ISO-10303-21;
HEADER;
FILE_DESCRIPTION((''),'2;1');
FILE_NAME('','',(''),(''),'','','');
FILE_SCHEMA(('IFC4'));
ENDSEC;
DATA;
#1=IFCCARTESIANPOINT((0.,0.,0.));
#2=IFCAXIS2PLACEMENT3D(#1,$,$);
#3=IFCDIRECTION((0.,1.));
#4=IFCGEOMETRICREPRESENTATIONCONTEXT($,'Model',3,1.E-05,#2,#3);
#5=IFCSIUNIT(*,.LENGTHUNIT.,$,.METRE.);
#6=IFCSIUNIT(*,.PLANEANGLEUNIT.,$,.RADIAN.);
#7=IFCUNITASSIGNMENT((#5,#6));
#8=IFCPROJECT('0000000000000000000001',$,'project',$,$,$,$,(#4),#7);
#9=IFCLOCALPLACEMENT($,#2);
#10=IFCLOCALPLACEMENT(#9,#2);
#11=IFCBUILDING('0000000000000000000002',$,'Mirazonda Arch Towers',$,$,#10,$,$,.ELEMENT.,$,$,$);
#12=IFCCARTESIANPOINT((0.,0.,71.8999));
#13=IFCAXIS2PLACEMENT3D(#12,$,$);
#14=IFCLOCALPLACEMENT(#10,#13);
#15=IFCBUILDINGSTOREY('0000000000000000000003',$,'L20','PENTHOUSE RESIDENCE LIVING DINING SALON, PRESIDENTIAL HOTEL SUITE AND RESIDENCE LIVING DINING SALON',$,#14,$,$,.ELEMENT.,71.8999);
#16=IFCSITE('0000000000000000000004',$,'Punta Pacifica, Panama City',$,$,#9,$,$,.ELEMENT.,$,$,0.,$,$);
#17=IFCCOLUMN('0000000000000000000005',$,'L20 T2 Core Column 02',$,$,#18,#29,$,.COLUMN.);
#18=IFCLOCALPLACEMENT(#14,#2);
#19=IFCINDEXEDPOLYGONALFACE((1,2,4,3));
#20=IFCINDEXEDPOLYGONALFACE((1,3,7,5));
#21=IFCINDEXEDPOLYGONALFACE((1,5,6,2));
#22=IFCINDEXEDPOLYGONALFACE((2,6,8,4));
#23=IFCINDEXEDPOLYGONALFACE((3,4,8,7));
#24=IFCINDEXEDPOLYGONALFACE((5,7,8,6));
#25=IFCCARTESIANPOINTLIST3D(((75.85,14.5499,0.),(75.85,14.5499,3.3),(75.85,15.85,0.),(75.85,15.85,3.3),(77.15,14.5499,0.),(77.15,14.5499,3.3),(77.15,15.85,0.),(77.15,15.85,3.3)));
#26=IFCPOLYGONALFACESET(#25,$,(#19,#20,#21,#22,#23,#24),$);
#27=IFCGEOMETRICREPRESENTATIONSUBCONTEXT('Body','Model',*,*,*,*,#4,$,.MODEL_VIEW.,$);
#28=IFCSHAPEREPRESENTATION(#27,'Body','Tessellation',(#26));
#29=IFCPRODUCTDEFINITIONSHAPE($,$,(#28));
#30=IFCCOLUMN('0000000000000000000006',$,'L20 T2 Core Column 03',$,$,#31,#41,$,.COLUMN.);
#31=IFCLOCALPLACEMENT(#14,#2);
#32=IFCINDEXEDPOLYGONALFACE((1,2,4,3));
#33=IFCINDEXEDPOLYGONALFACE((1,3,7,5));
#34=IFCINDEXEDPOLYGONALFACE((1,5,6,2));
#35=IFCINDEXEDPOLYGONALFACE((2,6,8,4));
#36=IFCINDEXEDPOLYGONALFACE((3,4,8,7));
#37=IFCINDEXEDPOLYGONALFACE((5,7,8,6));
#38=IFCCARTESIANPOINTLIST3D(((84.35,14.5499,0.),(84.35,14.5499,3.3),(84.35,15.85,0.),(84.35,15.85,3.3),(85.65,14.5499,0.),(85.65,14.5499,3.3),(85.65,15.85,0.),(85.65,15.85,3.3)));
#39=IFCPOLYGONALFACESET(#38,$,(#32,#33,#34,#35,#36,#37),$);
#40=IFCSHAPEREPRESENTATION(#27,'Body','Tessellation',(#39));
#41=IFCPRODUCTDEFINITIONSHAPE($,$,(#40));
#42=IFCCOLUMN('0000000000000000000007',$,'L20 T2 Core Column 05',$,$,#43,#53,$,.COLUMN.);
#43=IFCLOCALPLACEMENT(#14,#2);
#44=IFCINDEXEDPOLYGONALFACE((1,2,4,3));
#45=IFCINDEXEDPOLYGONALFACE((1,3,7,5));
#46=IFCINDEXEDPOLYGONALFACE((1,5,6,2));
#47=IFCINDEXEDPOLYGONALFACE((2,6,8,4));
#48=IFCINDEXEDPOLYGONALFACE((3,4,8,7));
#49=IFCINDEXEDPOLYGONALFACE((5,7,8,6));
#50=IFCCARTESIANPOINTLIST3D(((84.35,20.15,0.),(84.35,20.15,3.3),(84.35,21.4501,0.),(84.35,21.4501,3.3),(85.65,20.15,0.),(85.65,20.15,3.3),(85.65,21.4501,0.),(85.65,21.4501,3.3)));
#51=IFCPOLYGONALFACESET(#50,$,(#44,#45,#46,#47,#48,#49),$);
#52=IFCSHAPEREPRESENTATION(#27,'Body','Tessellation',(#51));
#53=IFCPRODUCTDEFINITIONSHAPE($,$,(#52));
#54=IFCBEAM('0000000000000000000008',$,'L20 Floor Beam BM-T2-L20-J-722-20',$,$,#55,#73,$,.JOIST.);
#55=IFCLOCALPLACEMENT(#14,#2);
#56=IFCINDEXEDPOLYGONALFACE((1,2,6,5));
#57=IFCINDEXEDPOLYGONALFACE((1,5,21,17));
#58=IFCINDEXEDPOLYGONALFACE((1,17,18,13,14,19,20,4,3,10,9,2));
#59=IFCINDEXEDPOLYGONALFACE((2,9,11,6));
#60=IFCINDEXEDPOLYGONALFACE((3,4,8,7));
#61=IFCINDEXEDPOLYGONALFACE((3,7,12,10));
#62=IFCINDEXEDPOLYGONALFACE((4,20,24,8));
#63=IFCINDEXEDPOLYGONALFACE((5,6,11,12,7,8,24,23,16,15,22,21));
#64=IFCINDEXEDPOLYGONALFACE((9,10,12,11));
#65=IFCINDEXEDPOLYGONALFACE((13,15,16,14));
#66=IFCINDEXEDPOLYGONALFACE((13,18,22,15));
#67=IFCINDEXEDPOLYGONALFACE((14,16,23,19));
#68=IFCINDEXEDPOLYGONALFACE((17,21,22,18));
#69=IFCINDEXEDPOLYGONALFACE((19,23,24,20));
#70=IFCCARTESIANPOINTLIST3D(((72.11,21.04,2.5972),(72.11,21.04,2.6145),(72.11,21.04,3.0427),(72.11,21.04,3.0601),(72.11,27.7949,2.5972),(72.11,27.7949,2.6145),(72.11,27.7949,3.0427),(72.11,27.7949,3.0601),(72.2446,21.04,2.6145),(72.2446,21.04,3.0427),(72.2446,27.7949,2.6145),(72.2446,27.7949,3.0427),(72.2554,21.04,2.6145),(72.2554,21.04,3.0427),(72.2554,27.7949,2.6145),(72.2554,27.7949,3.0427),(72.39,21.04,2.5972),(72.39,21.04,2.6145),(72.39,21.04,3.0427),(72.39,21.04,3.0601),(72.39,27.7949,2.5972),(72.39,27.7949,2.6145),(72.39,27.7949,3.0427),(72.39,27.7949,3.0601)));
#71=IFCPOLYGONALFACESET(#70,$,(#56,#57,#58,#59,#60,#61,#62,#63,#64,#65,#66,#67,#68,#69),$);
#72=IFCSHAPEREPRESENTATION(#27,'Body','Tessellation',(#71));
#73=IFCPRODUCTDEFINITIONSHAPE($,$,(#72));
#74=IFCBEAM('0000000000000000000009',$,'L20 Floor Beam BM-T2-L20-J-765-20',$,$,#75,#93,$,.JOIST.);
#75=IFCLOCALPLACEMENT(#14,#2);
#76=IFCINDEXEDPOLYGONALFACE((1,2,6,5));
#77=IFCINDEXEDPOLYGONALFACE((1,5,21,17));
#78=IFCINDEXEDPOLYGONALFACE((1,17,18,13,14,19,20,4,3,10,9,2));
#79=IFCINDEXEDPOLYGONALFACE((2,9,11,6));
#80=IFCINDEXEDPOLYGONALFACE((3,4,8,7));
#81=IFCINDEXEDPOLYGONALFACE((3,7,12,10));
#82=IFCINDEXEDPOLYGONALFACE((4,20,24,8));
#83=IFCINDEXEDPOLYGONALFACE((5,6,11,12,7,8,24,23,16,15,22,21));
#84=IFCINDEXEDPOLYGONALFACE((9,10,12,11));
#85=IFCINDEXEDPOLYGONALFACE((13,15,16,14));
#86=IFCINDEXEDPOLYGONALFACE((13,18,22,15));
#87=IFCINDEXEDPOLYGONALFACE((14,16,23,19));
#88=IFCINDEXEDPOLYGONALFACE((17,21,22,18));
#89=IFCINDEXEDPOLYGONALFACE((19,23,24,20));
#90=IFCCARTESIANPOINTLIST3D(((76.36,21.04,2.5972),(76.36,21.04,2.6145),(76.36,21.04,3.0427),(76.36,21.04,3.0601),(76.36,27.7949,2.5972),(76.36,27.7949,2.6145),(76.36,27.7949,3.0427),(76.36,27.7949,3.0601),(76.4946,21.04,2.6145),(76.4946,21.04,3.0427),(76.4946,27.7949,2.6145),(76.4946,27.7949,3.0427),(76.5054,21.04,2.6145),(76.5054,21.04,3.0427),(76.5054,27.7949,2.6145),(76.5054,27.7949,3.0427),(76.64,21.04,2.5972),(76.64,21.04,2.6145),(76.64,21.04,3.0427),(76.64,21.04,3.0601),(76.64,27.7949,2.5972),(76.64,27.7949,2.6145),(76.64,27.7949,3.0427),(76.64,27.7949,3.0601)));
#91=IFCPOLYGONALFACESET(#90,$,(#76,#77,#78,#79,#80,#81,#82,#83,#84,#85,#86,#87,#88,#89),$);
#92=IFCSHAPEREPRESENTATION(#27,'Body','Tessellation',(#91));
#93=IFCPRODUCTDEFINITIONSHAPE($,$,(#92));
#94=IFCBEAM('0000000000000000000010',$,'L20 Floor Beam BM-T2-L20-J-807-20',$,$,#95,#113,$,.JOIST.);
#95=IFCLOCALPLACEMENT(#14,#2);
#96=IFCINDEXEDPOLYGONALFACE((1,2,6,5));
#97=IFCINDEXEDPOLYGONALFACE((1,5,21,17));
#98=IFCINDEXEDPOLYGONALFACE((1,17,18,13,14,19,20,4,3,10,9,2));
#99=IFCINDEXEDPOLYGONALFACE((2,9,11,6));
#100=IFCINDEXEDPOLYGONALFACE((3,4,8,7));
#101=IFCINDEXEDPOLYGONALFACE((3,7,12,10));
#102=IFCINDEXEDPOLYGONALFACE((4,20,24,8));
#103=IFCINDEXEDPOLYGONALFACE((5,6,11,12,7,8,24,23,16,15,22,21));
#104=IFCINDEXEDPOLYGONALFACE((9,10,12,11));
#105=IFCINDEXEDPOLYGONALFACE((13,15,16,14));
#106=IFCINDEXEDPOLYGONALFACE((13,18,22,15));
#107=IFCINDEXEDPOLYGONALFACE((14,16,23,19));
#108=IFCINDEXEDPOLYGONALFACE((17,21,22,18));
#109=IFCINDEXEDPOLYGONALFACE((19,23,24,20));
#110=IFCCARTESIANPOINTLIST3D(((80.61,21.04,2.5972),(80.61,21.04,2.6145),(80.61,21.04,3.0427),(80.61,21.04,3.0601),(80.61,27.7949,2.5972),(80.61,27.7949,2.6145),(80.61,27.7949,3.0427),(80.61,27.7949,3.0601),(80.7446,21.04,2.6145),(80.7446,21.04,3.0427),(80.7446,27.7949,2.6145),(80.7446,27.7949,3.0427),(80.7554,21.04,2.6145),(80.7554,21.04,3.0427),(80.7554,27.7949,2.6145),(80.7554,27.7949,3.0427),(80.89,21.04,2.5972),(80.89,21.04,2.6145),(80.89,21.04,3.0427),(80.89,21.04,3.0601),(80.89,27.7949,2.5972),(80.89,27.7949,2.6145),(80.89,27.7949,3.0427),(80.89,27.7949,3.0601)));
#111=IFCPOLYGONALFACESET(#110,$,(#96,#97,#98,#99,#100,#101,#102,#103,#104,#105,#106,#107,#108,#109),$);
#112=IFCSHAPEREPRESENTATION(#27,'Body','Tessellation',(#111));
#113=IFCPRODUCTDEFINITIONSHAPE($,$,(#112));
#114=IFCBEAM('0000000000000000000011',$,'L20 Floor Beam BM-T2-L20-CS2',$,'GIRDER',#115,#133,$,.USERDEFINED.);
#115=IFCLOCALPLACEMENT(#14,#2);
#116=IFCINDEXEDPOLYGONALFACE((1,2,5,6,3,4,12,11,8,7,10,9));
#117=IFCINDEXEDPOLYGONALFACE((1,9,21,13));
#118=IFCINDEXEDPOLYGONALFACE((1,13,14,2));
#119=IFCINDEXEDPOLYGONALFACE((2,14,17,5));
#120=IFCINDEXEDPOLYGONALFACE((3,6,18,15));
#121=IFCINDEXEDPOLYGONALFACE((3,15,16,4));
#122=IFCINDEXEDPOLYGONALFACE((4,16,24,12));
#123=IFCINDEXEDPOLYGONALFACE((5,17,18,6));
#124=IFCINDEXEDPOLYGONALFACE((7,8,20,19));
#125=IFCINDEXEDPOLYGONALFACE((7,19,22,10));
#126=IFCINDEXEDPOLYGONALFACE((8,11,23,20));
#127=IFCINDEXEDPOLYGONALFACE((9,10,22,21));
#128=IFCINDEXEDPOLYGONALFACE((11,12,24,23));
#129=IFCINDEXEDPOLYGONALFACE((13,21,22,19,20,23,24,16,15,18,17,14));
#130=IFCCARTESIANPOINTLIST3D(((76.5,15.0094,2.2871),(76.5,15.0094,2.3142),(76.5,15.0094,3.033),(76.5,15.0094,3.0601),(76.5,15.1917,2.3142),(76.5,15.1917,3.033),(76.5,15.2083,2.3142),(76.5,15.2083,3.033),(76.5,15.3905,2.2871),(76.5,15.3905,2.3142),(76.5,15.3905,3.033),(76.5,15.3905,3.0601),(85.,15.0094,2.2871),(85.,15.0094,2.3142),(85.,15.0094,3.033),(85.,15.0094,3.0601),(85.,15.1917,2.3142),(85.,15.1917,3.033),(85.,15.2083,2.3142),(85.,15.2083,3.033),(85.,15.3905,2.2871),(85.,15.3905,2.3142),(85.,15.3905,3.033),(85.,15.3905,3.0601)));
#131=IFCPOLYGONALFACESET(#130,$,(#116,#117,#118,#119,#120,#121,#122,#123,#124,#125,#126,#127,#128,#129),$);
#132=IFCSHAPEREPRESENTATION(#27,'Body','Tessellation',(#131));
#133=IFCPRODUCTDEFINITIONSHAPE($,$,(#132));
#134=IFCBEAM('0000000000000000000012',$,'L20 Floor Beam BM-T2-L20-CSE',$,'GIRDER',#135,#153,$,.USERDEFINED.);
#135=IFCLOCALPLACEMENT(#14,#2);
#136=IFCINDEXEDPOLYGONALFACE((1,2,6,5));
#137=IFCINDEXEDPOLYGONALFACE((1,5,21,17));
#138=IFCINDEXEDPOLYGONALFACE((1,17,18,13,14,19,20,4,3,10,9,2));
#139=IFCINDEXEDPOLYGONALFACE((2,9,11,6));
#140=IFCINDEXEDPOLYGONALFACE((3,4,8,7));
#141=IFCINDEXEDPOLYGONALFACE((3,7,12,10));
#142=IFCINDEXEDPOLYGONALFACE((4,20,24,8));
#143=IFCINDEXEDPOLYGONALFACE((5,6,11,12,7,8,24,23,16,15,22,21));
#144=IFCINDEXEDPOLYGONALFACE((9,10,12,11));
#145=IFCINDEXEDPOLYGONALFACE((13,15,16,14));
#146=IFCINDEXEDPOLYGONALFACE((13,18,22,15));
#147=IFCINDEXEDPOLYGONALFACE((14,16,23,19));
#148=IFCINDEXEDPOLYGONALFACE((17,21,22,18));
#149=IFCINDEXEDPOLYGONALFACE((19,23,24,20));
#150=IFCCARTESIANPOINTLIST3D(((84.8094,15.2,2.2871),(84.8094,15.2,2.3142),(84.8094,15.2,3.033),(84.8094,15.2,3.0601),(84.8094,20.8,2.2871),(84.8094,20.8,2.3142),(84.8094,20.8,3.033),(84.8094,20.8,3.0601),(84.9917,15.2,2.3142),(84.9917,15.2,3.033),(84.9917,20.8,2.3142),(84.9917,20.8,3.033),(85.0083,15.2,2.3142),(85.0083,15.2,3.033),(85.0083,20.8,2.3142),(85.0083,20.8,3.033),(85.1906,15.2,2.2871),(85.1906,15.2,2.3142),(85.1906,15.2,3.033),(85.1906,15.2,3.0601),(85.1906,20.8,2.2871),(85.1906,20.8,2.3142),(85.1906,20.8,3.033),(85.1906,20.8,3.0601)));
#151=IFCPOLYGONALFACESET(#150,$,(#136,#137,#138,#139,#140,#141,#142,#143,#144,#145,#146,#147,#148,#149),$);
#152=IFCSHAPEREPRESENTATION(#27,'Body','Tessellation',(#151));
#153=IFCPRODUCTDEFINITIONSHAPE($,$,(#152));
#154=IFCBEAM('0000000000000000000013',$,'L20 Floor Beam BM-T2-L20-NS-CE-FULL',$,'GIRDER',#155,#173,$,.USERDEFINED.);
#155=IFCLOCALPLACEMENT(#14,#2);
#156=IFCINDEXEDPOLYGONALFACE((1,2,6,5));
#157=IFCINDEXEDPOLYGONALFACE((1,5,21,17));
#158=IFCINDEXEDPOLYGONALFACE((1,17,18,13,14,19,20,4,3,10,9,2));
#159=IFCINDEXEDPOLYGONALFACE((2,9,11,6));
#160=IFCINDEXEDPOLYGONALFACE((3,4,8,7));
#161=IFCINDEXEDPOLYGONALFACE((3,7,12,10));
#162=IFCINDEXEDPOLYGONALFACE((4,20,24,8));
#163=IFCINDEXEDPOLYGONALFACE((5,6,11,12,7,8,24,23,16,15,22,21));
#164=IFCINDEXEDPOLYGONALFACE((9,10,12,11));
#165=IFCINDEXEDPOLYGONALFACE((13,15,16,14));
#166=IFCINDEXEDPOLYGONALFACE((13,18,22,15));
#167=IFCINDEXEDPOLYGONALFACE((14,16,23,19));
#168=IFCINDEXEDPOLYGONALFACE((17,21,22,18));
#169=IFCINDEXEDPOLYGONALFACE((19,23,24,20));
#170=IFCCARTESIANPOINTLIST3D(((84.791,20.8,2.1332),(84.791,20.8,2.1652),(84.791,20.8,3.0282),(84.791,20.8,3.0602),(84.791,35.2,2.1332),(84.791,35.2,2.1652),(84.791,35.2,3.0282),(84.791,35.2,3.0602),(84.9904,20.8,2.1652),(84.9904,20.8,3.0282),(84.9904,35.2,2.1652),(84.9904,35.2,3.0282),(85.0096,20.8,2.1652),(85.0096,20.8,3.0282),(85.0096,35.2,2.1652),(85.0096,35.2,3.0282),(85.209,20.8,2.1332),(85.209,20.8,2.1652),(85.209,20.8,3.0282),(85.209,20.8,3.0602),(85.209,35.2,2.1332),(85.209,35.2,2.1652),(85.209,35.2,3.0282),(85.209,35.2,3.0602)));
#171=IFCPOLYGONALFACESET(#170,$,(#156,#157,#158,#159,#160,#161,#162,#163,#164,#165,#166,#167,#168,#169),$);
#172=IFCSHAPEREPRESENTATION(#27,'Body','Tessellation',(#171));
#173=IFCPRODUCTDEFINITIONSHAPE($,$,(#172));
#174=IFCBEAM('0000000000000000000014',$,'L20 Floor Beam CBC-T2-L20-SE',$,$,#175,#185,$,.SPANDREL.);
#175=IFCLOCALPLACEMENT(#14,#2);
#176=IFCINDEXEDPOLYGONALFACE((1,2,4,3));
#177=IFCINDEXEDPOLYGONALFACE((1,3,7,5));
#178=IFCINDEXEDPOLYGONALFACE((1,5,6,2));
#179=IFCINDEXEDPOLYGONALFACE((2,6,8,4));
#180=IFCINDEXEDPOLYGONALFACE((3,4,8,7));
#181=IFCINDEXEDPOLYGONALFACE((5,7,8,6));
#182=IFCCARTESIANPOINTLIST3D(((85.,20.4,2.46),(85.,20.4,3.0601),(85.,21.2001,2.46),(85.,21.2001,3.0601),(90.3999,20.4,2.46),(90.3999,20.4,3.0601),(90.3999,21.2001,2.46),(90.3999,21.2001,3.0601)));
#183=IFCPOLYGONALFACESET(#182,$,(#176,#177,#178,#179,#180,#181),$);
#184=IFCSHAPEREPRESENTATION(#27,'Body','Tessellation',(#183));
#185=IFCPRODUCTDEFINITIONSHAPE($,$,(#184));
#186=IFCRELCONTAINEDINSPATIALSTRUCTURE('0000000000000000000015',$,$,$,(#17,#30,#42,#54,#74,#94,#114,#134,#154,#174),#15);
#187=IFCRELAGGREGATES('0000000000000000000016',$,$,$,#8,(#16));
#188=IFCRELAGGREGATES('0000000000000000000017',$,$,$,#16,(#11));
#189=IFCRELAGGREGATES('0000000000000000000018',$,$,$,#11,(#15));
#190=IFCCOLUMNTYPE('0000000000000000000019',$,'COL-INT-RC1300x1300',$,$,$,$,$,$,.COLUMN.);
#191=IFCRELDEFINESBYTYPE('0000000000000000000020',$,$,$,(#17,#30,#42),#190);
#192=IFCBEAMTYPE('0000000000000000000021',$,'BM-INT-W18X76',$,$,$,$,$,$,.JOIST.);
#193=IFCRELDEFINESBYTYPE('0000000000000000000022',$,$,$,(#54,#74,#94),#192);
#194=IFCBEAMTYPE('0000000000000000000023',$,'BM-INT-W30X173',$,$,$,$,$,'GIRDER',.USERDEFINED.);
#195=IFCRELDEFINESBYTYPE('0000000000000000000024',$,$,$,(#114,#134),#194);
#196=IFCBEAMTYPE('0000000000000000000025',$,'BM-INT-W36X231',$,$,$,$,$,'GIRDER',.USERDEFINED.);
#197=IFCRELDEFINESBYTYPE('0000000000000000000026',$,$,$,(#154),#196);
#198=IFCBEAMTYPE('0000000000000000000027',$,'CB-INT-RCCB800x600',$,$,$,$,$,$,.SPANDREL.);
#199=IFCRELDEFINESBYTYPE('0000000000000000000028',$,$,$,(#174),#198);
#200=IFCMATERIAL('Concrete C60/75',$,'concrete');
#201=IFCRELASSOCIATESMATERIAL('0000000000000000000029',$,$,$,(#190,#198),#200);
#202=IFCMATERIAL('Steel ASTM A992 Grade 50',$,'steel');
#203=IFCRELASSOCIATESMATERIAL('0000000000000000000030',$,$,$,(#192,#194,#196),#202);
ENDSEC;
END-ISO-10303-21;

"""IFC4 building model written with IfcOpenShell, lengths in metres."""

from ifc_helpers import new_model, si_unit, direction, frame, origin, origin_2d, place, context, subcontext, project, spatial, rectangle, i_section, extrude, material, material_profile, profile_set, type_object, element, save


model = new_model("IFC4")

# Units and contexts
model_context = context("Model", 3, precision=1e-05, world=origin(), true_north=direction((0.0, 1.0)))
body_context = subcontext(model_context, "Body", "Model", "MODEL_VIEW")
ifc_project = project(units=[si_unit("LENGTHUNIT", "METRE"), si_unit("PLANEANGLEUNIT", "RADIAN")], contexts=[model_context])

# Site, building, storey
site_placement = place(None, origin())
site = spatial("IfcSite", under=ifc_project, at=site_placement, Name="Punta Pacifica, Panama City", CompositionType="ELEMENT", RefElevation=0.0)
building_placement = place(site_placement, origin())
building = spatial("IfcBuilding", under=site, at=building_placement, Name="Mirazonda Arch Towers", CompositionType="ELEMENT")
storey_placement = place(building_placement, frame((0.0, 0.0, 71.8999)))
storey = spatial("IfcBuildingStorey", under=building, at=storey_placement, Name="L20", Description="PENTHOUSE RESIDENCE LIVING DINING SALON, PRESIDENTIAL HOTEL SUITE AND RESIDENCE LIVING DINING SALON", CompositionType="ELEMENT", Elevation=71.8999)

# Columns
ifc_material_1 = material(Name="Concrete C60/75", Category="concrete")
ifc_material_profile_1 = material_profile(ifc_material_1, rectangle(XDim=1.3, YDim=1.3, at=origin_2d()), Name="RC1300x1300")
ifc_profile_set_1 = profile_set([ifc_material_profile_1], Name="Concrete C60/75")
column_type = type_object("IfcColumnType", Name="COL-INT-RC1300x1300", PredefinedType="COLUMN", material=ifc_profile_set_1)
for number, where, z_axis, x_axis, name in (
    (1, (76.5, 15.2, 0.0), (0.0, 0.0, 1.0), (1.0, 0.0, 0.0), "L20 T2 Core Column 02"),
    (2, (85.0, 15.2, 0.0), (0.0, 0.0, 1.0), (1.0, 0.0, 0.0), "L20 T2 Core Column 03"),
    (3, (85.0, 20.8, 0.0), (0.0, 0.0, 1.0), (1.0, 0.0, 0.0), "L20 T2 Core Column 05"),
):
    element("IfcColumn", number, at=place(storey_placement, frame(where, z_axis=z_axis, x_axis=x_axis)), inside=storey, type_object=column_type, Name=name, PredefinedType="COLUMN", context=body_context, shape_type="SweptSolid", body=[
        extrude(rectangle(XDim=1.3, YDim=1.3, at=origin_2d()), origin(), (0.0, 0.0, 1.0), 3.3),
    ])

# Beams
ifc_material_2 = material(Name="Steel ASTM A992 Grade 50", Category="steel")
ifc_material_profile_2 = material_profile(ifc_material_2, i_section(OverallWidth=0.28, OverallDepth=0.4629, WebThickness=0.0107, FlangeThickness=0.0173, at=origin_2d()), Name="W18X76")
ifc_profile_set_2 = profile_set([ifc_material_profile_2], Name="Steel ASTM A992 Grade 50")
beam_type_1 = type_object("IfcBeamType", Name="BM-INT-W18X76", PredefinedType="JOIST", material=ifc_profile_set_2)
for number, where, z_axis, x_axis, name in (
    (4, (72.25, 21.04, 2.8286), (0.0, 1.0, 0.0), (-1.0, 0.0, 0.0), "L20 Floor Beam BM-T2-L20-J-722-20"),
    (5, (76.5, 21.04, 2.8286), (0.0, 1.0, 0.0), (-1.0, 0.0, 0.0), "L20 Floor Beam BM-T2-L20-J-765-20"),
    (6, (80.75, 21.04, 2.8286), (0.0, 1.0, 0.0), (-1.0, 0.0, 0.0), "L20 Floor Beam BM-T2-L20-J-807-20"),
):
    element("IfcBeam", number, at=place(storey_placement, frame(where, z_axis=z_axis, x_axis=x_axis)), inside=storey, type_object=beam_type_1, Name=name, PredefinedType="JOIST", context=body_context, shape_type="SweptSolid", body=[
        extrude(i_section(OverallWidth=0.28, OverallDepth=0.4629, WebThickness=0.0107, FlangeThickness=0.0173, at=origin_2d()), origin(), (0.0, 0.0, 1.0), 6.7549),
    ])
ifc_material_profile_3 = material_profile(ifc_material_2, i_section(OverallWidth=0.3811, OverallDepth=0.7729, WebThickness=0.0166, FlangeThickness=0.0271, at=origin_2d()), Name="W30X173")
ifc_profile_set_3 = profile_set([ifc_material_profile_3], Name="Steel ASTM A992 Grade 50")
beam_type_2 = type_object("IfcBeamType", Name="BM-INT-W30X173", ElementType="GIRDER", PredefinedType="USERDEFINED", material=ifc_profile_set_3)
beam_1_placement = place(storey_placement, frame((76.5, 15.2, 2.6736), z_axis=(1.0, 0.0, 0.0), x_axis=(0.0, 1.0, 0.0)))
element("IfcBeam", 7, at=beam_1_placement, inside=storey, type_object=beam_type_2, Name="L20 Floor Beam BM-T2-L20-CS2", ObjectType="GIRDER", PredefinedType="USERDEFINED", context=body_context, shape_type="SweptSolid", body=[
    extrude(i_section(OverallWidth=0.3811, OverallDepth=0.7729, WebThickness=0.0166, FlangeThickness=0.0271, at=origin_2d()), origin(), (0.0, 0.0, 1.0), 8.5),
])
beam_2_placement = place(storey_placement, frame((85.0, 15.2, 2.6736), z_axis=(0.0, 1.0, 0.0), x_axis=(-1.0, 0.0, 0.0)))
element("IfcBeam", 8, at=beam_2_placement, inside=storey, type_object=beam_type_2, Name="L20 Floor Beam BM-T2-L20-CSE", ObjectType="GIRDER", PredefinedType="USERDEFINED", context=body_context, shape_type="SweptSolid", body=[
    extrude(i_section(OverallWidth=0.3811, OverallDepth=0.7729, WebThickness=0.0166, FlangeThickness=0.0271, at=origin_2d()), origin(), (0.0, 0.0, 1.0), 5.6001),
])
ifc_material_profile_4 = material_profile(ifc_material_2, i_section(OverallWidth=0.418, OverallDepth=0.927, WebThickness=0.0193, FlangeThickness=0.032, at=origin_2d()), Name="W36X231")
ifc_profile_set_4 = profile_set([ifc_material_profile_4], Name="Steel ASTM A992 Grade 50")
beam_type_3 = type_object("IfcBeamType", Name="BM-INT-W36X231", ElementType="GIRDER", PredefinedType="USERDEFINED", material=ifc_profile_set_4)
beam_3_placement = place(storey_placement, frame((85.0, 20.8, 2.5967), z_axis=(0.0, 1.0, 0.0), x_axis=(-1.0, 0.0, 0.0)))
element("IfcBeam", 9, at=beam_3_placement, inside=storey, type_object=beam_type_3, Name="L20 Floor Beam BM-T2-L20-NS-CE-FULL", ObjectType="GIRDER", PredefinedType="USERDEFINED", context=body_context, shape_type="SweptSolid", body=[
    extrude(i_section(OverallWidth=0.418, OverallDepth=0.927, WebThickness=0.0193, FlangeThickness=0.032, at=origin_2d()), origin(), (0.0, 0.0, 1.0), 14.3999),
])
ifc_material_profile_5 = material_profile(ifc_material_1, rectangle(XDim=0.8, YDim=0.6001, at=origin_2d()), Name="RCCB800x600")
ifc_profile_set_5 = profile_set([ifc_material_profile_5], Name="Concrete C60/75")
beam_type_4 = type_object("IfcBeamType", Name="CB-INT-RCCB800x600", PredefinedType="SPANDREL", material=ifc_profile_set_5)
beam_4_placement = place(storey_placement, frame((85.0, 20.8, 2.76), z_axis=(1.0, 0.0, 0.0), x_axis=(0.0, 1.0, 0.0)))
element("IfcBeam", 10, at=beam_4_placement, inside=storey, type_object=beam_type_4, Name="L20 Floor Beam CBC-T2-L20-SE", PredefinedType="SPANDREL", context=body_context, shape_type="SweptSolid", body=[
    extrude(rectangle(XDim=0.8, YDim=0.6001, at=origin_2d()), origin(), (0.0, 0.0, 1.0), 5.3999),
])

save(model, "model.ifc")
